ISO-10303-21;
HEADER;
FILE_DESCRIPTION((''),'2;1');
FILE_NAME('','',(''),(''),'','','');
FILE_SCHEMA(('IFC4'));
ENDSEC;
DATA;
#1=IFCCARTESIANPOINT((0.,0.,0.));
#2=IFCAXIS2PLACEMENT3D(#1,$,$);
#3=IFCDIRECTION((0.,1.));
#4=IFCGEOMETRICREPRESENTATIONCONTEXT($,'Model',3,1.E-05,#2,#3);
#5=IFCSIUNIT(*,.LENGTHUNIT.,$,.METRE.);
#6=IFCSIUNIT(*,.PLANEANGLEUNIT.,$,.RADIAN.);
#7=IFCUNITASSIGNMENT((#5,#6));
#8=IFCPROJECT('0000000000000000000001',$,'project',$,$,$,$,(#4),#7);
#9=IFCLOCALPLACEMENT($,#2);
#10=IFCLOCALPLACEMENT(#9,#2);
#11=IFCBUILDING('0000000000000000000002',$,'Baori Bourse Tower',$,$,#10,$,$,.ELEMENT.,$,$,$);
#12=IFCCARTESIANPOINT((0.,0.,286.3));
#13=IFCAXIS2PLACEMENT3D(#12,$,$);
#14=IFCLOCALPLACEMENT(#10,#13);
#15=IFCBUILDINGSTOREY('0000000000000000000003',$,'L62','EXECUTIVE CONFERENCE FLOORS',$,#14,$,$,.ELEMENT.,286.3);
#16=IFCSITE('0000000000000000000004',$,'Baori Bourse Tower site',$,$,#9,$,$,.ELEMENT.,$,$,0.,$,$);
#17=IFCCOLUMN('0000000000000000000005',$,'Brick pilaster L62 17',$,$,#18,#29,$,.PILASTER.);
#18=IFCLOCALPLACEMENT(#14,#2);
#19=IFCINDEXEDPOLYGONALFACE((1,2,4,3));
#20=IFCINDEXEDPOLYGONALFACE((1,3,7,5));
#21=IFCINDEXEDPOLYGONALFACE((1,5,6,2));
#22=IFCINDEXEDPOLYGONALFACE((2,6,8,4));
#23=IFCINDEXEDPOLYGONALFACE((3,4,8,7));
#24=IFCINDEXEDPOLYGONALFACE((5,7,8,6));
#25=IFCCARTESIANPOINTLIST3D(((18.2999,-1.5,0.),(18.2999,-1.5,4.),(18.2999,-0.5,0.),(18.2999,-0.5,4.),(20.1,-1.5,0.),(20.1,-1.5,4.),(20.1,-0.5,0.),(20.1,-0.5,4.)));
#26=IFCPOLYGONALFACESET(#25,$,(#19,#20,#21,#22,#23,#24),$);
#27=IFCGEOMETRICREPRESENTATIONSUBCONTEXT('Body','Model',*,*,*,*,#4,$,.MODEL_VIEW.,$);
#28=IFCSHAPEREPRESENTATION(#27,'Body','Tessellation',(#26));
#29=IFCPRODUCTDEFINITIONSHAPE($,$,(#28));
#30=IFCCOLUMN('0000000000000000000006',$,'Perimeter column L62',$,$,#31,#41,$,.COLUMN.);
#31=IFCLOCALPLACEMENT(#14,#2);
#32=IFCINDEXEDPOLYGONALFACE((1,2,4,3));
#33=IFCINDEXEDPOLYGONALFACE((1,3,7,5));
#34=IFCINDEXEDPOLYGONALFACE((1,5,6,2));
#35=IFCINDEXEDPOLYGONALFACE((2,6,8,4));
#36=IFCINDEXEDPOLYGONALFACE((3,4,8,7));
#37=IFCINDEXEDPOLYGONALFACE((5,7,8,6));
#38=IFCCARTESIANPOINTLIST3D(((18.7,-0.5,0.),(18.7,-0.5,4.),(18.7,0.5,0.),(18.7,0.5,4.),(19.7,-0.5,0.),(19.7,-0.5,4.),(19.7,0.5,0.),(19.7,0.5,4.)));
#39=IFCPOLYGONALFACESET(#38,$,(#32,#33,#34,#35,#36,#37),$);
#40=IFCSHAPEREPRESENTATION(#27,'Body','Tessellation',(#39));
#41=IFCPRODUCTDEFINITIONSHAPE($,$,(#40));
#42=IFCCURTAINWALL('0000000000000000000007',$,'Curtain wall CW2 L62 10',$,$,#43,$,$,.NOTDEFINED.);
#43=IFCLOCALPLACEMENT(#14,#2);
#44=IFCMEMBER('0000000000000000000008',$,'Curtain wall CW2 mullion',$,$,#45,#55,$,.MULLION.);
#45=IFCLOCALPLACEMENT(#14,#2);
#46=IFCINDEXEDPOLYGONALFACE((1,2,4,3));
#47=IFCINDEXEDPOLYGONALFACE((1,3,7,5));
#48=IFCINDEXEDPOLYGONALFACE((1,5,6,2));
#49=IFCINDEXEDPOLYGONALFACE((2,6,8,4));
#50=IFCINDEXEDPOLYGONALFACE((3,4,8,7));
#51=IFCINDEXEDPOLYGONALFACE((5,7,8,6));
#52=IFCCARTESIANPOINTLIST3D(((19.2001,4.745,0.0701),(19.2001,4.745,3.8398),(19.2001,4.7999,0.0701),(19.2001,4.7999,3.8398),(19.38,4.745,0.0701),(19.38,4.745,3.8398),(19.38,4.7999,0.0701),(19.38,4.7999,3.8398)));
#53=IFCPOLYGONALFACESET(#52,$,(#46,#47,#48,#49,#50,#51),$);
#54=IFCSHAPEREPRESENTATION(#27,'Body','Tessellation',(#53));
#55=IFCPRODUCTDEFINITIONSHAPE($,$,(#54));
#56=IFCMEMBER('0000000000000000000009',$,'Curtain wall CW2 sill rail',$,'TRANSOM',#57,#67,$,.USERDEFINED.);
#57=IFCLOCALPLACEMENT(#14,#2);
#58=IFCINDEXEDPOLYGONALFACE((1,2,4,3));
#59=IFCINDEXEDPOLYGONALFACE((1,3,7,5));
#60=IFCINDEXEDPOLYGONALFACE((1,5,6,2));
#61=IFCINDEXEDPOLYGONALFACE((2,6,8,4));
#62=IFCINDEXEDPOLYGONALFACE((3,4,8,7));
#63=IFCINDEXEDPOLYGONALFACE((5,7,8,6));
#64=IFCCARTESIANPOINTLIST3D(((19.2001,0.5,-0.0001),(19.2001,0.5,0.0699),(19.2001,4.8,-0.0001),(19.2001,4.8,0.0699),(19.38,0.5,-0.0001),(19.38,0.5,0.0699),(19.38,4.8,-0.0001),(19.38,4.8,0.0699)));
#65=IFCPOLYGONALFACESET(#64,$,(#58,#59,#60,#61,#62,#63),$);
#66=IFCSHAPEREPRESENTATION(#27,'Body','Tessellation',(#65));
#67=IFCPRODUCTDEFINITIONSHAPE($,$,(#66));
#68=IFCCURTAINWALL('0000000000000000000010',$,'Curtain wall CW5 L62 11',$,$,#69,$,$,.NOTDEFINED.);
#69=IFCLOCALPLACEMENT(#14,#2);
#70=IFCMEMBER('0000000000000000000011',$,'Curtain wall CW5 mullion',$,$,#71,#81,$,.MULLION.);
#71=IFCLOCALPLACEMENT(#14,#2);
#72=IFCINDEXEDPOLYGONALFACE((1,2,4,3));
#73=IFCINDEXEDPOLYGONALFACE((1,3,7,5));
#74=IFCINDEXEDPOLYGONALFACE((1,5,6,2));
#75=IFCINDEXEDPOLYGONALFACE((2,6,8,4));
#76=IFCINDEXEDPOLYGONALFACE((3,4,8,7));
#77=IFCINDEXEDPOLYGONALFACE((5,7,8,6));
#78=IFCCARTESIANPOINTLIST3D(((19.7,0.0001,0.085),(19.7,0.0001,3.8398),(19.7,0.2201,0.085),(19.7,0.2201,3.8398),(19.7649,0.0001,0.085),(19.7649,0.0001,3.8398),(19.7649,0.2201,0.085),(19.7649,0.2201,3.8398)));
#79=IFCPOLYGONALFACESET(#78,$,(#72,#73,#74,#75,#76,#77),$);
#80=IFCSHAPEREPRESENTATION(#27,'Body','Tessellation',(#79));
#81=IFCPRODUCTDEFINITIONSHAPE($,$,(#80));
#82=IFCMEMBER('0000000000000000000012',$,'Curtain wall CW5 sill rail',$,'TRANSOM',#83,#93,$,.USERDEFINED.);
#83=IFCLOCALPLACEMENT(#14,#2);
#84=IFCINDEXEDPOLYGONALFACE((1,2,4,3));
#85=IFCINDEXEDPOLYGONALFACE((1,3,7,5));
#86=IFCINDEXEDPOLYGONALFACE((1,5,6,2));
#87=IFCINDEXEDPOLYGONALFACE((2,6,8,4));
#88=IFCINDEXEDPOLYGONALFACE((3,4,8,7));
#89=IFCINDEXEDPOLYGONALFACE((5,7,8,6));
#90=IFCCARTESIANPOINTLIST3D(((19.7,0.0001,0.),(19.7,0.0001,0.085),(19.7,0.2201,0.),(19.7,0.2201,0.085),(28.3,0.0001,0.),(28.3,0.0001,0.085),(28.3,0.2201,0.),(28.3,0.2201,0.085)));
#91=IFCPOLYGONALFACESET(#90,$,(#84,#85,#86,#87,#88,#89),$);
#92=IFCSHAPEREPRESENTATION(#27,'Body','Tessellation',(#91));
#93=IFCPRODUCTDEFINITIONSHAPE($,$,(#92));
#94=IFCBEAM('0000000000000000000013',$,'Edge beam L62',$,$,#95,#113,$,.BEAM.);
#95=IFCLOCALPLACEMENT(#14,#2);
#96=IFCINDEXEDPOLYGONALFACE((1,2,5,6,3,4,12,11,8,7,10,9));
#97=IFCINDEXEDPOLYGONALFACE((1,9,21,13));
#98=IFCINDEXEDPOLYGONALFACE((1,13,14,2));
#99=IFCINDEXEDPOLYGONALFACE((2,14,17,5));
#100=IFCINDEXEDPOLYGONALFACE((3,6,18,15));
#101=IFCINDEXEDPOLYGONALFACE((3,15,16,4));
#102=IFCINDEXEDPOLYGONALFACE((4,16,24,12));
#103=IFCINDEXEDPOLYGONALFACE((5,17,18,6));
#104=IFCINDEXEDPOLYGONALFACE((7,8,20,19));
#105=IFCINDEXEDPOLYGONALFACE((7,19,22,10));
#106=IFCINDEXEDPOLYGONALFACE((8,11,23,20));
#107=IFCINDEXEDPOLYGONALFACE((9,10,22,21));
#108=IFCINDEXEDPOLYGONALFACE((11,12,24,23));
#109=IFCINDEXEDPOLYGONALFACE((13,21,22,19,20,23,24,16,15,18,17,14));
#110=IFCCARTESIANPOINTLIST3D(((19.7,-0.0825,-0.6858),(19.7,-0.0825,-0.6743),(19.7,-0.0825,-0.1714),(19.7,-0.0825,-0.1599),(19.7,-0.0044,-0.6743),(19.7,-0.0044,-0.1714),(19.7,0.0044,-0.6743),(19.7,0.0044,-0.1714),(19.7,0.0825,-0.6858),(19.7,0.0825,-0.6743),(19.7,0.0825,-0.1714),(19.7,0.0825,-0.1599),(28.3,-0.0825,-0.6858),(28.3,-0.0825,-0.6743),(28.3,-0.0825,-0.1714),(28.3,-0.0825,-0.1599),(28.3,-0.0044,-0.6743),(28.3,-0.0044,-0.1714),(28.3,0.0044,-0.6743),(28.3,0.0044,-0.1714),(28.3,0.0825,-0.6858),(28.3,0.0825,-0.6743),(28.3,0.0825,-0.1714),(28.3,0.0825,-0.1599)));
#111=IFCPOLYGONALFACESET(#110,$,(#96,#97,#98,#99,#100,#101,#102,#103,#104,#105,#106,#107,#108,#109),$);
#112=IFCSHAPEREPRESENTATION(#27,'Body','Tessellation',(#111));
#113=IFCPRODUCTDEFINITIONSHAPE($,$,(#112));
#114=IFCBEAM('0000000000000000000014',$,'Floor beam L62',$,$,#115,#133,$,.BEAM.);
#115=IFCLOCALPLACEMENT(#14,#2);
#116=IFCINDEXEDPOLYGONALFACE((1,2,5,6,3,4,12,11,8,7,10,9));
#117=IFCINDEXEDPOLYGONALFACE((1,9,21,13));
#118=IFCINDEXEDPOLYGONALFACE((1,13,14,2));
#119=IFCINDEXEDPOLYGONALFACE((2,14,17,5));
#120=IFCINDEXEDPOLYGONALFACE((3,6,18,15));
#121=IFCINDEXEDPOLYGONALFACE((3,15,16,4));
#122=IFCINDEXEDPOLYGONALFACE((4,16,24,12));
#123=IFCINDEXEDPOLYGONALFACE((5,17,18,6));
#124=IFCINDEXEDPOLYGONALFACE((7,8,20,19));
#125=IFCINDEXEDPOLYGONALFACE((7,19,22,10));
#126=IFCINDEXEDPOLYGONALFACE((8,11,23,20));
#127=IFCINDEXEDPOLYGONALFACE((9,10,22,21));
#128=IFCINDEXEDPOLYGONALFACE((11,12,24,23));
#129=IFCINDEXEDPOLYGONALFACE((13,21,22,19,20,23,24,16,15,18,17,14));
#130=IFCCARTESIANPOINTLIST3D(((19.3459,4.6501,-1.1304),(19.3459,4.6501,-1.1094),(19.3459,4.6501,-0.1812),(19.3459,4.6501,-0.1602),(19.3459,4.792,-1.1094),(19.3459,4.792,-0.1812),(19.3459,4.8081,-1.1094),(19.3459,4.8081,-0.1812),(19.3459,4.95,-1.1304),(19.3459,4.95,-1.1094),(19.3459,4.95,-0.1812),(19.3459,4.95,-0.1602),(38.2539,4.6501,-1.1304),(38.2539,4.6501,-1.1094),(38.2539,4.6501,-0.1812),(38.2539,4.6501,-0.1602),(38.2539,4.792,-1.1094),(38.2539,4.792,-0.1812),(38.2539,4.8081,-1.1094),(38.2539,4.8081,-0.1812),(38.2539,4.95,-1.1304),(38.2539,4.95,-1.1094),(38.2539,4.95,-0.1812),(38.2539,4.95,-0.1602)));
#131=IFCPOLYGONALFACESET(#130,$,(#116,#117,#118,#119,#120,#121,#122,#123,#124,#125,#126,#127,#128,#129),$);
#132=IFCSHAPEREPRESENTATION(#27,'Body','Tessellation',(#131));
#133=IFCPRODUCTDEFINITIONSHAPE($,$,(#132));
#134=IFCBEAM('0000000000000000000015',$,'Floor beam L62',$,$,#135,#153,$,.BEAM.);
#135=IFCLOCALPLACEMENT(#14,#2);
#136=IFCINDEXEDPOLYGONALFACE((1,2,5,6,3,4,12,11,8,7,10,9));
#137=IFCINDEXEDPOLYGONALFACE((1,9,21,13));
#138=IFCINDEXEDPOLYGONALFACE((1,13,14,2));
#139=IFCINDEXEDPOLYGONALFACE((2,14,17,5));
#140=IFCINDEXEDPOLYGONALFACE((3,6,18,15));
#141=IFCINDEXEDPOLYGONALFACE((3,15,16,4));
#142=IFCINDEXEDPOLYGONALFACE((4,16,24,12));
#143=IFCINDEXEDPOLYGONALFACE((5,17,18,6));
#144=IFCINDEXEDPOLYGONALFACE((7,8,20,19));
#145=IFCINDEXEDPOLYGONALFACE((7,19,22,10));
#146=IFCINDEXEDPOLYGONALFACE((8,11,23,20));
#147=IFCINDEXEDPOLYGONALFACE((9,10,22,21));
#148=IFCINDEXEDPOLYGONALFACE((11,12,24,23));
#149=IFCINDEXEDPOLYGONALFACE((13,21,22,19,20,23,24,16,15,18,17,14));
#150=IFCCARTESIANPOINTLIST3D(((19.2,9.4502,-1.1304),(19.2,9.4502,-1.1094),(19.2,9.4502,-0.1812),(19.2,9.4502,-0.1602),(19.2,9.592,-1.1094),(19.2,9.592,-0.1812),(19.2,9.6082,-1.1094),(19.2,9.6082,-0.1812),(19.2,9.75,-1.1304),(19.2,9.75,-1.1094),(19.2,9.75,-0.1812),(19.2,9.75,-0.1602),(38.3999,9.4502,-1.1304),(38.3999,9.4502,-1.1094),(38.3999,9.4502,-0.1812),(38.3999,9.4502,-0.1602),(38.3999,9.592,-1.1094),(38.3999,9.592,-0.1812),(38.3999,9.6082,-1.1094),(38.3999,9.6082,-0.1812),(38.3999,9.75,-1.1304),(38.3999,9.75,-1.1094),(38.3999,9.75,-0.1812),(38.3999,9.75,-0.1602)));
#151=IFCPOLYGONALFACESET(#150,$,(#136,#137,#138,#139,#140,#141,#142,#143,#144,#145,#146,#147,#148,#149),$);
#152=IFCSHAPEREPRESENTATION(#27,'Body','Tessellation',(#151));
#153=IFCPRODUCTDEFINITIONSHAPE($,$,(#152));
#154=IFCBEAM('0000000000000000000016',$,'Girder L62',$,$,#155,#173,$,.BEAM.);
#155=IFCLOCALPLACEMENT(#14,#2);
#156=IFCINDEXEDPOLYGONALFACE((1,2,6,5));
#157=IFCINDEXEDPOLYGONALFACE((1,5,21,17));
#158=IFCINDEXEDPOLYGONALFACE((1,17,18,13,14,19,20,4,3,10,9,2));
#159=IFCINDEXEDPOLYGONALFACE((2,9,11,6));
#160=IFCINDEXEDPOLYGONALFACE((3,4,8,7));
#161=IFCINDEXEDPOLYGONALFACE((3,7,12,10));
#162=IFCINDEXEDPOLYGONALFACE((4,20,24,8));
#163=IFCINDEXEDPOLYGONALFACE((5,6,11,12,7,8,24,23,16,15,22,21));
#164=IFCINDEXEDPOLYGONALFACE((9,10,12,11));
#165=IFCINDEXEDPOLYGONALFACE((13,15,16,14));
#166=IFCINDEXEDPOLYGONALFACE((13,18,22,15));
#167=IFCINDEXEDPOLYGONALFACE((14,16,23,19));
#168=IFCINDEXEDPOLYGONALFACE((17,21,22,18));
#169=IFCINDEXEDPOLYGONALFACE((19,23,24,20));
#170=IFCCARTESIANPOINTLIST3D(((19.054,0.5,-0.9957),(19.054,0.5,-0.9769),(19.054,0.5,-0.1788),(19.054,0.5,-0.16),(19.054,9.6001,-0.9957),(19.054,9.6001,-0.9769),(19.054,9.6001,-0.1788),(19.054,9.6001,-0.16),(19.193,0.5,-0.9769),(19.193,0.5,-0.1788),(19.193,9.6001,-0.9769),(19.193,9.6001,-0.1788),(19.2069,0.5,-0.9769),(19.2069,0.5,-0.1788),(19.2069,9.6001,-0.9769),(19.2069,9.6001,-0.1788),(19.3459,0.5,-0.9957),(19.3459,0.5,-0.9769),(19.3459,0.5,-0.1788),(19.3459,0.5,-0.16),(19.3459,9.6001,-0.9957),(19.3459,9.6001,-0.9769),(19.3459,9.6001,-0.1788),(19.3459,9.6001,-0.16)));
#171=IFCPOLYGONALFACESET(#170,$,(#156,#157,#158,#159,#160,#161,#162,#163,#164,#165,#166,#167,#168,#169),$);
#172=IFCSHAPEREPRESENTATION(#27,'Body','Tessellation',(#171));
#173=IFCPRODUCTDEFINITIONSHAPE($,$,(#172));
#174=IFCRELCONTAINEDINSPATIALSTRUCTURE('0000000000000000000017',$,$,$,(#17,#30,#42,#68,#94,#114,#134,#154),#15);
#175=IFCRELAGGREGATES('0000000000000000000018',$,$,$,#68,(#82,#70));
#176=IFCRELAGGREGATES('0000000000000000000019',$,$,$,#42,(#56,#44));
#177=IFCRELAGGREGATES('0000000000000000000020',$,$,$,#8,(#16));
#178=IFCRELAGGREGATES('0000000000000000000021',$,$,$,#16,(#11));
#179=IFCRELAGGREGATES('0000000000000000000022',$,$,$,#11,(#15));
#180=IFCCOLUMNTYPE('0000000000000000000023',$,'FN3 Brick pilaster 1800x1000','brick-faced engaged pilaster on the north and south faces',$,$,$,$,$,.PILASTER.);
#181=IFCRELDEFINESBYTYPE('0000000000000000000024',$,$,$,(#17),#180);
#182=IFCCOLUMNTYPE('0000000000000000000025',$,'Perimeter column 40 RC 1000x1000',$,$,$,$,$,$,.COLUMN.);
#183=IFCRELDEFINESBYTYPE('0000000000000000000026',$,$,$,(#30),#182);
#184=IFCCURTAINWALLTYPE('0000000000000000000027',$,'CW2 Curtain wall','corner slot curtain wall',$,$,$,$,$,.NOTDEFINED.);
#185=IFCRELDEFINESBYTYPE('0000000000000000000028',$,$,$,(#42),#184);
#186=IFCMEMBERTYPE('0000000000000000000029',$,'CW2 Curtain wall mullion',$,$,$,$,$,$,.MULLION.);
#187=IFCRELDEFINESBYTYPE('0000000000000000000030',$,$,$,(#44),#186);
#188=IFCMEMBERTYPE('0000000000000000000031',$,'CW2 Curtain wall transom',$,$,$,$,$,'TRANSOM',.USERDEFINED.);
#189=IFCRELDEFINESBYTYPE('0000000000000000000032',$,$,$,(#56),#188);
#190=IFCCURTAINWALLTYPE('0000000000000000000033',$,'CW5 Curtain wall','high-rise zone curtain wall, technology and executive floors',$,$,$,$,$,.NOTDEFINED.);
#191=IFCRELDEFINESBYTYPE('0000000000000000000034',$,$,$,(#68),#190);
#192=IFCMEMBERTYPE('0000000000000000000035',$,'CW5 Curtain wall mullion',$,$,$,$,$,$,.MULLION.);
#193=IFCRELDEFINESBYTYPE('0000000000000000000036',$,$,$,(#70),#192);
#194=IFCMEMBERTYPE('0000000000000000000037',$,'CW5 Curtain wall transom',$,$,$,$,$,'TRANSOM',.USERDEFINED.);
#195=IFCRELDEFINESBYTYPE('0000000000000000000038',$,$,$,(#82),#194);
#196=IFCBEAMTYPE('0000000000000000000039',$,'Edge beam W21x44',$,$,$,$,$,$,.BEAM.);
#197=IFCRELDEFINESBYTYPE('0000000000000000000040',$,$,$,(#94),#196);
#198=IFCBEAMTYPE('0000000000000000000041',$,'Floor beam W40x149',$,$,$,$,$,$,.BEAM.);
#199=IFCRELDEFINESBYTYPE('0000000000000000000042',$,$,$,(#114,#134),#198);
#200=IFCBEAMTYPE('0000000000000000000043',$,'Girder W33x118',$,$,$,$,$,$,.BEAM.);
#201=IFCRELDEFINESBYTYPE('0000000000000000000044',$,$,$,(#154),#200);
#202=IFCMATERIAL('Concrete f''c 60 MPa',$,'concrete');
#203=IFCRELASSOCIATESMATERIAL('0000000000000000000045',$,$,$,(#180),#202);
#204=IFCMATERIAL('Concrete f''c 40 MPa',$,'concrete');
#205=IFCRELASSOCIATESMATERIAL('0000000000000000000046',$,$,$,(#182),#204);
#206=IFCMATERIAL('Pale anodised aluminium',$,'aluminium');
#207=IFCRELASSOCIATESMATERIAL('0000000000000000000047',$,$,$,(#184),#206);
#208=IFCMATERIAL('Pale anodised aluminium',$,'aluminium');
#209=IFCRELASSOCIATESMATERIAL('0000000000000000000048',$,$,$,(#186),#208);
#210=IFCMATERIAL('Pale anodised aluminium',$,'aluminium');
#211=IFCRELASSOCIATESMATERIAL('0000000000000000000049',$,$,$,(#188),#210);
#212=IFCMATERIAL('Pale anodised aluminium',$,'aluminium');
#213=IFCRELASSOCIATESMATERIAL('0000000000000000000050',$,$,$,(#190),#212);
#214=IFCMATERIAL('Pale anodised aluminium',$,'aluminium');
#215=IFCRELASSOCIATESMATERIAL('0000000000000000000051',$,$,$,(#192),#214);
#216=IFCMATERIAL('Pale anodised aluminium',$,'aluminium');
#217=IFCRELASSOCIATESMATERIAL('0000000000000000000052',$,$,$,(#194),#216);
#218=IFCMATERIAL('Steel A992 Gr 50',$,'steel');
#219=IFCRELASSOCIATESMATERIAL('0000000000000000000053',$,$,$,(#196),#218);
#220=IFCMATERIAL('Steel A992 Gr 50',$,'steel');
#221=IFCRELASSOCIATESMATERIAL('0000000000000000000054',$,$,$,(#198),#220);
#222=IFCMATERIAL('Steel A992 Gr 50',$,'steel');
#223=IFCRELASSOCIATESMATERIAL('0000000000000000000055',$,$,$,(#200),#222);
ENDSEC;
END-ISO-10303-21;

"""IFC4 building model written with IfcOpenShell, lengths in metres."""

from ifc_helpers import new_model, si_unit, direction, frame, origin, origin_2d, place, context, subcontext, project, spatial, rectangle, i_section, extrude, material, material_profile, profile_set, type_object, element, aggregate, save


model = new_model("IFC4")

# Units and contexts
model_context = context("Model", 3, precision=1e-05, world=origin(), true_north=direction((0.0, 1.0)))
body_context = subcontext(model_context, "Body", "Model", "MODEL_VIEW")
ifc_project = project(units=[si_unit("LENGTHUNIT", "METRE"), si_unit("PLANEANGLEUNIT", "RADIAN")], contexts=[model_context])

# Site, building, storey
site_placement = place(None, origin())
site = spatial("IfcSite", under=ifc_project, at=site_placement, Name="Baori Bourse Tower site", CompositionType="ELEMENT", RefElevation=0.0)
building_placement = place(site_placement, origin())
building = spatial("IfcBuilding", under=site, at=building_placement, Name="Baori Bourse Tower", CompositionType="ELEMENT")
storey_placement = place(building_placement, frame((0.0, 0.0, 286.3)))
storey = spatial("IfcBuildingStorey", under=building, at=storey_placement, Name="L62", Description="EXECUTIVE CONFERENCE FLOORS", CompositionType="ELEMENT", Elevation=286.3)

# Columns
ifc_material_1 = material(Name="Concrete f'c 60 MPa", Category="concrete")
ifc_material_profile_1 = material_profile(ifc_material_1, rectangle(XDim=1.8, YDim=1.0, at=origin_2d()), Name="RC 1800x1000")
ifc_profile_set_1 = profile_set([ifc_material_profile_1], Name="Concrete f'c 60 MPa")
column_type_1 = type_object("IfcColumnType", Name="FN3 Brick pilaster 1800x1000", Description="brick-faced engaged pilaster on the north and south faces", PredefinedType="PILASTER", material=ifc_profile_set_1)
column_1_placement = place(storey_placement, frame((19.2, -1.0, 0.0), z_axis=(0.0, 0.0, 1.0), x_axis=(1.0, 0.0, 0.0)))
element("IfcColumn", 1, at=column_1_placement, inside=storey, type_object=column_type_1, Name="Brick pilaster L62 17", PredefinedType="PILASTER", context=body_context, shape_type="SweptSolid", body=[
    extrude(rectangle(XDim=1.8, YDim=1.0, at=origin_2d()), origin(), (0.0, 0.0, 1.0), 4.0),
])
ifc_material_2 = material(Name="Concrete f'c 40 MPa", Category="concrete")
ifc_material_profile_2 = material_profile(ifc_material_2, rectangle(XDim=1.0, YDim=1.0, at=origin_2d()), Name="RC 1000x1000")
ifc_profile_set_2 = profile_set([ifc_material_profile_2], Name="Concrete f'c 40 MPa")
column_type_2 = type_object("IfcColumnType", Name="Perimeter column 40 RC 1000x1000", PredefinedType="COLUMN", material=ifc_profile_set_2)
column_2_placement = place(storey_placement, frame((19.2, 0.0, 0.0), z_axis=(0.0, 0.0, 1.0), x_axis=(1.0, 0.0, 0.0)))
element("IfcColumn", 2, at=column_2_placement, inside=storey, type_object=column_type_2, Name="Perimeter column L62", PredefinedType="COLUMN", context=body_context, shape_type="SweptSolid", body=[
    extrude(rectangle(XDim=1.0, YDim=1.0, at=origin_2d()), origin(), (0.0, 0.0, 1.0), 4.0),
])

# Curtain walls, members
ifc_material_3 = material(Name="Pale anodised aluminium", Category="aluminium")
curtain_wall_type_1 = type_object("IfcCurtainWallType", Name="CW2 Curtain wall", Description="corner slot curtain wall", PredefinedType="NOTDEFINED", material=ifc_material_3)
curtain_wall_1_placement = place(storey_placement, origin())
curtain_wall_1 = element("IfcCurtainWall", 3, at=curtain_wall_1_placement, inside=storey, type_object=curtain_wall_type_1, Name="Curtain wall CW2 L62 10", PredefinedType="NOTDEFINED")
ifc_material_4 = material(Name="Pale anodised aluminium", Category="aluminium")
ifc_material_profile_3 = material_profile(ifc_material_4, rectangle(XDim=0.1799, YDim=0.0549, at=origin_2d()), Name="Mullion 55x180")
ifc_profile_set_3 = profile_set([ifc_material_profile_3], Name="Pale anodised aluminium")
member_type_1 = type_object("IfcMemberType", Name="CW2 Curtain wall mullion", PredefinedType="MULLION", material=ifc_profile_set_3)
member_1_placement = place(storey_placement, frame((19.29, 4.7725, 0.0701), z_axis=(0.0, 0.0, 1.0), x_axis=(1.0, 0.0, 0.0)))
member_1 = element("IfcMember", 4, at=member_1_placement, type_object=member_type_1, Name="Curtain wall CW2 mullion", PredefinedType="MULLION", context=body_context, shape_type="SweptSolid", body=[
    extrude(rectangle(XDim=0.1799, YDim=0.0549, at=origin_2d()), origin(), (0.0, 0.0, 1.0), 3.7698),
])
ifc_material_5 = material(Name="Pale anodised aluminium", Category="aluminium")
ifc_material_profile_4 = material_profile(ifc_material_5, rectangle(XDim=0.1799, YDim=0.0701, at=origin_2d()), Name="Transom 70x180")
ifc_profile_set_4 = profile_set([ifc_material_profile_4], Name="Pale anodised aluminium")
member_type_2 = type_object("IfcMemberType", Name="CW2 Curtain wall transom", ElementType="TRANSOM", PredefinedType="USERDEFINED", material=ifc_profile_set_4)
member_2_placement = place(storey_placement, frame((19.29, 4.8, 0.0349), z_axis=(0.0, -1.0, 0.0), x_axis=(1.0, 0.0, 0.0)))
member_2 = element("IfcMember", 5, at=member_2_placement, type_object=member_type_2, Name="Curtain wall CW2 sill rail", ObjectType="TRANSOM", PredefinedType="USERDEFINED", context=body_context, shape_type="SweptSolid", body=[
    extrude(rectangle(XDim=0.1799, YDim=0.0701, at=origin_2d()), origin(), (0.0, 0.0, 1.0), 4.3),
])
ifc_material_6 = material(Name="Pale anodised aluminium", Category="aluminium")
curtain_wall_type_2 = type_object("IfcCurtainWallType", Name="CW5 Curtain wall", Description="high-rise zone curtain wall, technology and executive floors", PredefinedType="NOTDEFINED", material=ifc_material_6)
curtain_wall_2_placement = place(storey_placement, origin())
curtain_wall_2 = element("IfcCurtainWall", 6, at=curtain_wall_2_placement, inside=storey, type_object=curtain_wall_type_2, Name="Curtain wall CW5 L62 11", PredefinedType="NOTDEFINED")
ifc_material_7 = material(Name="Pale anodised aluminium", Category="aluminium")
ifc_material_profile_5 = material_profile(ifc_material_7, rectangle(XDim=0.22, YDim=0.0649, at=origin_2d()), Name="Mullion 65x220")
ifc_profile_set_5 = profile_set([ifc_material_profile_5], Name="Pale anodised aluminium")
member_type_3 = type_object("IfcMemberType", Name="CW5 Curtain wall mullion", PredefinedType="MULLION", material=ifc_profile_set_5)
member_3_placement = place(storey_placement, frame((19.7324, 0.1101, 0.085), z_axis=(0.0, 0.0, 1.0), x_axis=(0.0, 1.0, 0.0)))
member_3 = element("IfcMember", 7, at=member_3_placement, type_object=member_type_3, Name="Curtain wall CW5 mullion", PredefinedType="MULLION", context=body_context, shape_type="SweptSolid", body=[
    extrude(rectangle(XDim=0.22, YDim=0.0649, at=origin_2d()), origin(), (0.0, 0.0, 1.0), 3.7549),
])
ifc_material_8 = material(Name="Pale anodised aluminium", Category="aluminium")
ifc_material_profile_6 = material_profile(ifc_material_8, rectangle(XDim=0.22, YDim=0.085, at=origin_2d()), Name="Transom 85x220")
ifc_profile_set_6 = profile_set([ifc_material_profile_6], Name="Pale anodised aluminium")
member_type_4 = type_object("IfcMemberType", Name="CW5 Curtain wall transom", ElementType="TRANSOM", PredefinedType="USERDEFINED", material=ifc_profile_set_6)
member_4_placement = place(storey_placement, frame((19.7, 0.1101, 0.0425), z_axis=(1.0, 0.0, 0.0), x_axis=(0.0, 1.0, 0.0)))
member_4 = element("IfcMember", 8, at=member_4_placement, type_object=member_type_4, Name="Curtain wall CW5 sill rail", ObjectType="TRANSOM", PredefinedType="USERDEFINED", context=body_context, shape_type="SweptSolid", body=[
    extrude(rectangle(XDim=0.22, YDim=0.085, at=origin_2d()), origin(), (0.0, 0.0, 1.0), 8.6001),
])
aggregate(curtain_wall_2, [member_4, member_3])

# Beams
ifc_material_9 = material(Name="Steel A992 Gr 50", Category="steel")
ifc_material_profile_7 = material_profile(ifc_material_9, i_section(OverallWidth=0.165, OverallDepth=0.5259, WebThickness=0.0088, FlangeThickness=0.0115, at=origin_2d()), Name="W21x44")
ifc_profile_set_7 = profile_set([ifc_material_profile_7], Name="Steel A992 Gr 50")
beam_type_1 = type_object("IfcBeamType", Name="Edge beam W21x44", PredefinedType="BEAM", material=ifc_profile_set_7)
beam_1_placement = place(storey_placement, frame((19.7, 0.0, -0.4229), z_axis=(1.0, 0.0, 0.0), x_axis=(0.0, 1.0, 0.0)))
element("IfcBeam", 9, at=beam_1_placement, inside=storey, type_object=beam_type_1, Name="Edge beam L62", PredefinedType="BEAM", context=body_context, shape_type="SweptSolid", body=[
    extrude(i_section(OverallWidth=0.165, OverallDepth=0.5259, WebThickness=0.0088, FlangeThickness=0.0115, at=origin_2d()), origin(), (0.0, 0.0, 1.0), 8.6001),
])
ifc_material_10 = material(Name="Steel A992 Gr 50", Category="steel")
ifc_material_profile_8 = material_profile(ifc_material_10, i_section(OverallWidth=0.2998, OverallDepth=0.9702, WebThickness=0.0161, FlangeThickness=0.021, at=origin_2d()), Name="W40x149")
ifc_profile_set_8 = profile_set([ifc_material_profile_8], Name="Steel A992 Gr 50")
beam_type_2 = type_object("IfcBeamType", Name="Floor beam W40x149", PredefinedType="BEAM", material=ifc_profile_set_8)
beam_2_placement = place(storey_placement, frame((19.3459, 4.8, -0.6453), z_axis=(1.0, 0.0, 0.0), x_axis=(0.0, 1.0, 0.0)))
element("IfcBeam", 10, at=beam_2_placement, inside=storey, type_object=beam_type_2, Name="Floor beam L62", PredefinedType="BEAM", context=body_context, shape_type="SweptSolid", body=[
    extrude(i_section(OverallWidth=0.2998, OverallDepth=0.9702, WebThickness=0.0161, FlangeThickness=0.021, at=origin_2d()), origin(), (0.0, 0.0, 1.0), 18.908),
])
beam_3_placement = place(storey_placement, frame((19.2, 9.6001, -0.6453), z_axis=(1.0, 0.0, 0.0), x_axis=(0.0, 1.0, 0.0)))
element("IfcBeam", 11, at=beam_3_placement, inside=storey, type_object=beam_type_2, Name="Floor beam L62", PredefinedType="BEAM", context=body_context, shape_type="SweptSolid", body=[
    extrude(i_section(OverallWidth=0.2998, OverallDepth=0.9702, WebThickness=0.0161, FlangeThickness=0.021, at=origin_2d()), origin(), (0.0, 0.0, 1.0), 19.2),
])
ifc_material_11 = material(Name="Steel A992 Gr 50", Category="steel")
ifc_material_profile_9 = material_profile(ifc_material_11, i_section(OverallWidth=0.292, OverallDepth=0.8357, WebThickness=0.0139, FlangeThickness=0.0188, at=origin_2d()), Name="W33x118")
ifc_profile_set_9 = profile_set([ifc_material_profile_9], Name="Steel A992 Gr 50")
beam_type_3 = type_object("IfcBeamType", Name="Girder W33x118", PredefinedType="BEAM", material=ifc_profile_set_9)
beam_4_placement = place(storey_placement, frame((19.2, 0.5, -0.5779), z_axis=(0.0, 1.0, 0.0), x_axis=(-1.0, 0.0, 0.0)))
element("IfcBeam", 12, at=beam_4_placement, inside=storey, type_object=beam_type_3, Name="Girder L62", PredefinedType="BEAM", context=body_context, shape_type="SweptSolid", body=[
    extrude(i_section(OverallWidth=0.292, OverallDepth=0.8357, WebThickness=0.0139, FlangeThickness=0.0188, at=origin_2d()), origin(), (0.0, 0.0, 1.0), 9.1001),
])

aggregate(curtain_wall_1, [member_2, member_1])

save(model, "model.ifc")
